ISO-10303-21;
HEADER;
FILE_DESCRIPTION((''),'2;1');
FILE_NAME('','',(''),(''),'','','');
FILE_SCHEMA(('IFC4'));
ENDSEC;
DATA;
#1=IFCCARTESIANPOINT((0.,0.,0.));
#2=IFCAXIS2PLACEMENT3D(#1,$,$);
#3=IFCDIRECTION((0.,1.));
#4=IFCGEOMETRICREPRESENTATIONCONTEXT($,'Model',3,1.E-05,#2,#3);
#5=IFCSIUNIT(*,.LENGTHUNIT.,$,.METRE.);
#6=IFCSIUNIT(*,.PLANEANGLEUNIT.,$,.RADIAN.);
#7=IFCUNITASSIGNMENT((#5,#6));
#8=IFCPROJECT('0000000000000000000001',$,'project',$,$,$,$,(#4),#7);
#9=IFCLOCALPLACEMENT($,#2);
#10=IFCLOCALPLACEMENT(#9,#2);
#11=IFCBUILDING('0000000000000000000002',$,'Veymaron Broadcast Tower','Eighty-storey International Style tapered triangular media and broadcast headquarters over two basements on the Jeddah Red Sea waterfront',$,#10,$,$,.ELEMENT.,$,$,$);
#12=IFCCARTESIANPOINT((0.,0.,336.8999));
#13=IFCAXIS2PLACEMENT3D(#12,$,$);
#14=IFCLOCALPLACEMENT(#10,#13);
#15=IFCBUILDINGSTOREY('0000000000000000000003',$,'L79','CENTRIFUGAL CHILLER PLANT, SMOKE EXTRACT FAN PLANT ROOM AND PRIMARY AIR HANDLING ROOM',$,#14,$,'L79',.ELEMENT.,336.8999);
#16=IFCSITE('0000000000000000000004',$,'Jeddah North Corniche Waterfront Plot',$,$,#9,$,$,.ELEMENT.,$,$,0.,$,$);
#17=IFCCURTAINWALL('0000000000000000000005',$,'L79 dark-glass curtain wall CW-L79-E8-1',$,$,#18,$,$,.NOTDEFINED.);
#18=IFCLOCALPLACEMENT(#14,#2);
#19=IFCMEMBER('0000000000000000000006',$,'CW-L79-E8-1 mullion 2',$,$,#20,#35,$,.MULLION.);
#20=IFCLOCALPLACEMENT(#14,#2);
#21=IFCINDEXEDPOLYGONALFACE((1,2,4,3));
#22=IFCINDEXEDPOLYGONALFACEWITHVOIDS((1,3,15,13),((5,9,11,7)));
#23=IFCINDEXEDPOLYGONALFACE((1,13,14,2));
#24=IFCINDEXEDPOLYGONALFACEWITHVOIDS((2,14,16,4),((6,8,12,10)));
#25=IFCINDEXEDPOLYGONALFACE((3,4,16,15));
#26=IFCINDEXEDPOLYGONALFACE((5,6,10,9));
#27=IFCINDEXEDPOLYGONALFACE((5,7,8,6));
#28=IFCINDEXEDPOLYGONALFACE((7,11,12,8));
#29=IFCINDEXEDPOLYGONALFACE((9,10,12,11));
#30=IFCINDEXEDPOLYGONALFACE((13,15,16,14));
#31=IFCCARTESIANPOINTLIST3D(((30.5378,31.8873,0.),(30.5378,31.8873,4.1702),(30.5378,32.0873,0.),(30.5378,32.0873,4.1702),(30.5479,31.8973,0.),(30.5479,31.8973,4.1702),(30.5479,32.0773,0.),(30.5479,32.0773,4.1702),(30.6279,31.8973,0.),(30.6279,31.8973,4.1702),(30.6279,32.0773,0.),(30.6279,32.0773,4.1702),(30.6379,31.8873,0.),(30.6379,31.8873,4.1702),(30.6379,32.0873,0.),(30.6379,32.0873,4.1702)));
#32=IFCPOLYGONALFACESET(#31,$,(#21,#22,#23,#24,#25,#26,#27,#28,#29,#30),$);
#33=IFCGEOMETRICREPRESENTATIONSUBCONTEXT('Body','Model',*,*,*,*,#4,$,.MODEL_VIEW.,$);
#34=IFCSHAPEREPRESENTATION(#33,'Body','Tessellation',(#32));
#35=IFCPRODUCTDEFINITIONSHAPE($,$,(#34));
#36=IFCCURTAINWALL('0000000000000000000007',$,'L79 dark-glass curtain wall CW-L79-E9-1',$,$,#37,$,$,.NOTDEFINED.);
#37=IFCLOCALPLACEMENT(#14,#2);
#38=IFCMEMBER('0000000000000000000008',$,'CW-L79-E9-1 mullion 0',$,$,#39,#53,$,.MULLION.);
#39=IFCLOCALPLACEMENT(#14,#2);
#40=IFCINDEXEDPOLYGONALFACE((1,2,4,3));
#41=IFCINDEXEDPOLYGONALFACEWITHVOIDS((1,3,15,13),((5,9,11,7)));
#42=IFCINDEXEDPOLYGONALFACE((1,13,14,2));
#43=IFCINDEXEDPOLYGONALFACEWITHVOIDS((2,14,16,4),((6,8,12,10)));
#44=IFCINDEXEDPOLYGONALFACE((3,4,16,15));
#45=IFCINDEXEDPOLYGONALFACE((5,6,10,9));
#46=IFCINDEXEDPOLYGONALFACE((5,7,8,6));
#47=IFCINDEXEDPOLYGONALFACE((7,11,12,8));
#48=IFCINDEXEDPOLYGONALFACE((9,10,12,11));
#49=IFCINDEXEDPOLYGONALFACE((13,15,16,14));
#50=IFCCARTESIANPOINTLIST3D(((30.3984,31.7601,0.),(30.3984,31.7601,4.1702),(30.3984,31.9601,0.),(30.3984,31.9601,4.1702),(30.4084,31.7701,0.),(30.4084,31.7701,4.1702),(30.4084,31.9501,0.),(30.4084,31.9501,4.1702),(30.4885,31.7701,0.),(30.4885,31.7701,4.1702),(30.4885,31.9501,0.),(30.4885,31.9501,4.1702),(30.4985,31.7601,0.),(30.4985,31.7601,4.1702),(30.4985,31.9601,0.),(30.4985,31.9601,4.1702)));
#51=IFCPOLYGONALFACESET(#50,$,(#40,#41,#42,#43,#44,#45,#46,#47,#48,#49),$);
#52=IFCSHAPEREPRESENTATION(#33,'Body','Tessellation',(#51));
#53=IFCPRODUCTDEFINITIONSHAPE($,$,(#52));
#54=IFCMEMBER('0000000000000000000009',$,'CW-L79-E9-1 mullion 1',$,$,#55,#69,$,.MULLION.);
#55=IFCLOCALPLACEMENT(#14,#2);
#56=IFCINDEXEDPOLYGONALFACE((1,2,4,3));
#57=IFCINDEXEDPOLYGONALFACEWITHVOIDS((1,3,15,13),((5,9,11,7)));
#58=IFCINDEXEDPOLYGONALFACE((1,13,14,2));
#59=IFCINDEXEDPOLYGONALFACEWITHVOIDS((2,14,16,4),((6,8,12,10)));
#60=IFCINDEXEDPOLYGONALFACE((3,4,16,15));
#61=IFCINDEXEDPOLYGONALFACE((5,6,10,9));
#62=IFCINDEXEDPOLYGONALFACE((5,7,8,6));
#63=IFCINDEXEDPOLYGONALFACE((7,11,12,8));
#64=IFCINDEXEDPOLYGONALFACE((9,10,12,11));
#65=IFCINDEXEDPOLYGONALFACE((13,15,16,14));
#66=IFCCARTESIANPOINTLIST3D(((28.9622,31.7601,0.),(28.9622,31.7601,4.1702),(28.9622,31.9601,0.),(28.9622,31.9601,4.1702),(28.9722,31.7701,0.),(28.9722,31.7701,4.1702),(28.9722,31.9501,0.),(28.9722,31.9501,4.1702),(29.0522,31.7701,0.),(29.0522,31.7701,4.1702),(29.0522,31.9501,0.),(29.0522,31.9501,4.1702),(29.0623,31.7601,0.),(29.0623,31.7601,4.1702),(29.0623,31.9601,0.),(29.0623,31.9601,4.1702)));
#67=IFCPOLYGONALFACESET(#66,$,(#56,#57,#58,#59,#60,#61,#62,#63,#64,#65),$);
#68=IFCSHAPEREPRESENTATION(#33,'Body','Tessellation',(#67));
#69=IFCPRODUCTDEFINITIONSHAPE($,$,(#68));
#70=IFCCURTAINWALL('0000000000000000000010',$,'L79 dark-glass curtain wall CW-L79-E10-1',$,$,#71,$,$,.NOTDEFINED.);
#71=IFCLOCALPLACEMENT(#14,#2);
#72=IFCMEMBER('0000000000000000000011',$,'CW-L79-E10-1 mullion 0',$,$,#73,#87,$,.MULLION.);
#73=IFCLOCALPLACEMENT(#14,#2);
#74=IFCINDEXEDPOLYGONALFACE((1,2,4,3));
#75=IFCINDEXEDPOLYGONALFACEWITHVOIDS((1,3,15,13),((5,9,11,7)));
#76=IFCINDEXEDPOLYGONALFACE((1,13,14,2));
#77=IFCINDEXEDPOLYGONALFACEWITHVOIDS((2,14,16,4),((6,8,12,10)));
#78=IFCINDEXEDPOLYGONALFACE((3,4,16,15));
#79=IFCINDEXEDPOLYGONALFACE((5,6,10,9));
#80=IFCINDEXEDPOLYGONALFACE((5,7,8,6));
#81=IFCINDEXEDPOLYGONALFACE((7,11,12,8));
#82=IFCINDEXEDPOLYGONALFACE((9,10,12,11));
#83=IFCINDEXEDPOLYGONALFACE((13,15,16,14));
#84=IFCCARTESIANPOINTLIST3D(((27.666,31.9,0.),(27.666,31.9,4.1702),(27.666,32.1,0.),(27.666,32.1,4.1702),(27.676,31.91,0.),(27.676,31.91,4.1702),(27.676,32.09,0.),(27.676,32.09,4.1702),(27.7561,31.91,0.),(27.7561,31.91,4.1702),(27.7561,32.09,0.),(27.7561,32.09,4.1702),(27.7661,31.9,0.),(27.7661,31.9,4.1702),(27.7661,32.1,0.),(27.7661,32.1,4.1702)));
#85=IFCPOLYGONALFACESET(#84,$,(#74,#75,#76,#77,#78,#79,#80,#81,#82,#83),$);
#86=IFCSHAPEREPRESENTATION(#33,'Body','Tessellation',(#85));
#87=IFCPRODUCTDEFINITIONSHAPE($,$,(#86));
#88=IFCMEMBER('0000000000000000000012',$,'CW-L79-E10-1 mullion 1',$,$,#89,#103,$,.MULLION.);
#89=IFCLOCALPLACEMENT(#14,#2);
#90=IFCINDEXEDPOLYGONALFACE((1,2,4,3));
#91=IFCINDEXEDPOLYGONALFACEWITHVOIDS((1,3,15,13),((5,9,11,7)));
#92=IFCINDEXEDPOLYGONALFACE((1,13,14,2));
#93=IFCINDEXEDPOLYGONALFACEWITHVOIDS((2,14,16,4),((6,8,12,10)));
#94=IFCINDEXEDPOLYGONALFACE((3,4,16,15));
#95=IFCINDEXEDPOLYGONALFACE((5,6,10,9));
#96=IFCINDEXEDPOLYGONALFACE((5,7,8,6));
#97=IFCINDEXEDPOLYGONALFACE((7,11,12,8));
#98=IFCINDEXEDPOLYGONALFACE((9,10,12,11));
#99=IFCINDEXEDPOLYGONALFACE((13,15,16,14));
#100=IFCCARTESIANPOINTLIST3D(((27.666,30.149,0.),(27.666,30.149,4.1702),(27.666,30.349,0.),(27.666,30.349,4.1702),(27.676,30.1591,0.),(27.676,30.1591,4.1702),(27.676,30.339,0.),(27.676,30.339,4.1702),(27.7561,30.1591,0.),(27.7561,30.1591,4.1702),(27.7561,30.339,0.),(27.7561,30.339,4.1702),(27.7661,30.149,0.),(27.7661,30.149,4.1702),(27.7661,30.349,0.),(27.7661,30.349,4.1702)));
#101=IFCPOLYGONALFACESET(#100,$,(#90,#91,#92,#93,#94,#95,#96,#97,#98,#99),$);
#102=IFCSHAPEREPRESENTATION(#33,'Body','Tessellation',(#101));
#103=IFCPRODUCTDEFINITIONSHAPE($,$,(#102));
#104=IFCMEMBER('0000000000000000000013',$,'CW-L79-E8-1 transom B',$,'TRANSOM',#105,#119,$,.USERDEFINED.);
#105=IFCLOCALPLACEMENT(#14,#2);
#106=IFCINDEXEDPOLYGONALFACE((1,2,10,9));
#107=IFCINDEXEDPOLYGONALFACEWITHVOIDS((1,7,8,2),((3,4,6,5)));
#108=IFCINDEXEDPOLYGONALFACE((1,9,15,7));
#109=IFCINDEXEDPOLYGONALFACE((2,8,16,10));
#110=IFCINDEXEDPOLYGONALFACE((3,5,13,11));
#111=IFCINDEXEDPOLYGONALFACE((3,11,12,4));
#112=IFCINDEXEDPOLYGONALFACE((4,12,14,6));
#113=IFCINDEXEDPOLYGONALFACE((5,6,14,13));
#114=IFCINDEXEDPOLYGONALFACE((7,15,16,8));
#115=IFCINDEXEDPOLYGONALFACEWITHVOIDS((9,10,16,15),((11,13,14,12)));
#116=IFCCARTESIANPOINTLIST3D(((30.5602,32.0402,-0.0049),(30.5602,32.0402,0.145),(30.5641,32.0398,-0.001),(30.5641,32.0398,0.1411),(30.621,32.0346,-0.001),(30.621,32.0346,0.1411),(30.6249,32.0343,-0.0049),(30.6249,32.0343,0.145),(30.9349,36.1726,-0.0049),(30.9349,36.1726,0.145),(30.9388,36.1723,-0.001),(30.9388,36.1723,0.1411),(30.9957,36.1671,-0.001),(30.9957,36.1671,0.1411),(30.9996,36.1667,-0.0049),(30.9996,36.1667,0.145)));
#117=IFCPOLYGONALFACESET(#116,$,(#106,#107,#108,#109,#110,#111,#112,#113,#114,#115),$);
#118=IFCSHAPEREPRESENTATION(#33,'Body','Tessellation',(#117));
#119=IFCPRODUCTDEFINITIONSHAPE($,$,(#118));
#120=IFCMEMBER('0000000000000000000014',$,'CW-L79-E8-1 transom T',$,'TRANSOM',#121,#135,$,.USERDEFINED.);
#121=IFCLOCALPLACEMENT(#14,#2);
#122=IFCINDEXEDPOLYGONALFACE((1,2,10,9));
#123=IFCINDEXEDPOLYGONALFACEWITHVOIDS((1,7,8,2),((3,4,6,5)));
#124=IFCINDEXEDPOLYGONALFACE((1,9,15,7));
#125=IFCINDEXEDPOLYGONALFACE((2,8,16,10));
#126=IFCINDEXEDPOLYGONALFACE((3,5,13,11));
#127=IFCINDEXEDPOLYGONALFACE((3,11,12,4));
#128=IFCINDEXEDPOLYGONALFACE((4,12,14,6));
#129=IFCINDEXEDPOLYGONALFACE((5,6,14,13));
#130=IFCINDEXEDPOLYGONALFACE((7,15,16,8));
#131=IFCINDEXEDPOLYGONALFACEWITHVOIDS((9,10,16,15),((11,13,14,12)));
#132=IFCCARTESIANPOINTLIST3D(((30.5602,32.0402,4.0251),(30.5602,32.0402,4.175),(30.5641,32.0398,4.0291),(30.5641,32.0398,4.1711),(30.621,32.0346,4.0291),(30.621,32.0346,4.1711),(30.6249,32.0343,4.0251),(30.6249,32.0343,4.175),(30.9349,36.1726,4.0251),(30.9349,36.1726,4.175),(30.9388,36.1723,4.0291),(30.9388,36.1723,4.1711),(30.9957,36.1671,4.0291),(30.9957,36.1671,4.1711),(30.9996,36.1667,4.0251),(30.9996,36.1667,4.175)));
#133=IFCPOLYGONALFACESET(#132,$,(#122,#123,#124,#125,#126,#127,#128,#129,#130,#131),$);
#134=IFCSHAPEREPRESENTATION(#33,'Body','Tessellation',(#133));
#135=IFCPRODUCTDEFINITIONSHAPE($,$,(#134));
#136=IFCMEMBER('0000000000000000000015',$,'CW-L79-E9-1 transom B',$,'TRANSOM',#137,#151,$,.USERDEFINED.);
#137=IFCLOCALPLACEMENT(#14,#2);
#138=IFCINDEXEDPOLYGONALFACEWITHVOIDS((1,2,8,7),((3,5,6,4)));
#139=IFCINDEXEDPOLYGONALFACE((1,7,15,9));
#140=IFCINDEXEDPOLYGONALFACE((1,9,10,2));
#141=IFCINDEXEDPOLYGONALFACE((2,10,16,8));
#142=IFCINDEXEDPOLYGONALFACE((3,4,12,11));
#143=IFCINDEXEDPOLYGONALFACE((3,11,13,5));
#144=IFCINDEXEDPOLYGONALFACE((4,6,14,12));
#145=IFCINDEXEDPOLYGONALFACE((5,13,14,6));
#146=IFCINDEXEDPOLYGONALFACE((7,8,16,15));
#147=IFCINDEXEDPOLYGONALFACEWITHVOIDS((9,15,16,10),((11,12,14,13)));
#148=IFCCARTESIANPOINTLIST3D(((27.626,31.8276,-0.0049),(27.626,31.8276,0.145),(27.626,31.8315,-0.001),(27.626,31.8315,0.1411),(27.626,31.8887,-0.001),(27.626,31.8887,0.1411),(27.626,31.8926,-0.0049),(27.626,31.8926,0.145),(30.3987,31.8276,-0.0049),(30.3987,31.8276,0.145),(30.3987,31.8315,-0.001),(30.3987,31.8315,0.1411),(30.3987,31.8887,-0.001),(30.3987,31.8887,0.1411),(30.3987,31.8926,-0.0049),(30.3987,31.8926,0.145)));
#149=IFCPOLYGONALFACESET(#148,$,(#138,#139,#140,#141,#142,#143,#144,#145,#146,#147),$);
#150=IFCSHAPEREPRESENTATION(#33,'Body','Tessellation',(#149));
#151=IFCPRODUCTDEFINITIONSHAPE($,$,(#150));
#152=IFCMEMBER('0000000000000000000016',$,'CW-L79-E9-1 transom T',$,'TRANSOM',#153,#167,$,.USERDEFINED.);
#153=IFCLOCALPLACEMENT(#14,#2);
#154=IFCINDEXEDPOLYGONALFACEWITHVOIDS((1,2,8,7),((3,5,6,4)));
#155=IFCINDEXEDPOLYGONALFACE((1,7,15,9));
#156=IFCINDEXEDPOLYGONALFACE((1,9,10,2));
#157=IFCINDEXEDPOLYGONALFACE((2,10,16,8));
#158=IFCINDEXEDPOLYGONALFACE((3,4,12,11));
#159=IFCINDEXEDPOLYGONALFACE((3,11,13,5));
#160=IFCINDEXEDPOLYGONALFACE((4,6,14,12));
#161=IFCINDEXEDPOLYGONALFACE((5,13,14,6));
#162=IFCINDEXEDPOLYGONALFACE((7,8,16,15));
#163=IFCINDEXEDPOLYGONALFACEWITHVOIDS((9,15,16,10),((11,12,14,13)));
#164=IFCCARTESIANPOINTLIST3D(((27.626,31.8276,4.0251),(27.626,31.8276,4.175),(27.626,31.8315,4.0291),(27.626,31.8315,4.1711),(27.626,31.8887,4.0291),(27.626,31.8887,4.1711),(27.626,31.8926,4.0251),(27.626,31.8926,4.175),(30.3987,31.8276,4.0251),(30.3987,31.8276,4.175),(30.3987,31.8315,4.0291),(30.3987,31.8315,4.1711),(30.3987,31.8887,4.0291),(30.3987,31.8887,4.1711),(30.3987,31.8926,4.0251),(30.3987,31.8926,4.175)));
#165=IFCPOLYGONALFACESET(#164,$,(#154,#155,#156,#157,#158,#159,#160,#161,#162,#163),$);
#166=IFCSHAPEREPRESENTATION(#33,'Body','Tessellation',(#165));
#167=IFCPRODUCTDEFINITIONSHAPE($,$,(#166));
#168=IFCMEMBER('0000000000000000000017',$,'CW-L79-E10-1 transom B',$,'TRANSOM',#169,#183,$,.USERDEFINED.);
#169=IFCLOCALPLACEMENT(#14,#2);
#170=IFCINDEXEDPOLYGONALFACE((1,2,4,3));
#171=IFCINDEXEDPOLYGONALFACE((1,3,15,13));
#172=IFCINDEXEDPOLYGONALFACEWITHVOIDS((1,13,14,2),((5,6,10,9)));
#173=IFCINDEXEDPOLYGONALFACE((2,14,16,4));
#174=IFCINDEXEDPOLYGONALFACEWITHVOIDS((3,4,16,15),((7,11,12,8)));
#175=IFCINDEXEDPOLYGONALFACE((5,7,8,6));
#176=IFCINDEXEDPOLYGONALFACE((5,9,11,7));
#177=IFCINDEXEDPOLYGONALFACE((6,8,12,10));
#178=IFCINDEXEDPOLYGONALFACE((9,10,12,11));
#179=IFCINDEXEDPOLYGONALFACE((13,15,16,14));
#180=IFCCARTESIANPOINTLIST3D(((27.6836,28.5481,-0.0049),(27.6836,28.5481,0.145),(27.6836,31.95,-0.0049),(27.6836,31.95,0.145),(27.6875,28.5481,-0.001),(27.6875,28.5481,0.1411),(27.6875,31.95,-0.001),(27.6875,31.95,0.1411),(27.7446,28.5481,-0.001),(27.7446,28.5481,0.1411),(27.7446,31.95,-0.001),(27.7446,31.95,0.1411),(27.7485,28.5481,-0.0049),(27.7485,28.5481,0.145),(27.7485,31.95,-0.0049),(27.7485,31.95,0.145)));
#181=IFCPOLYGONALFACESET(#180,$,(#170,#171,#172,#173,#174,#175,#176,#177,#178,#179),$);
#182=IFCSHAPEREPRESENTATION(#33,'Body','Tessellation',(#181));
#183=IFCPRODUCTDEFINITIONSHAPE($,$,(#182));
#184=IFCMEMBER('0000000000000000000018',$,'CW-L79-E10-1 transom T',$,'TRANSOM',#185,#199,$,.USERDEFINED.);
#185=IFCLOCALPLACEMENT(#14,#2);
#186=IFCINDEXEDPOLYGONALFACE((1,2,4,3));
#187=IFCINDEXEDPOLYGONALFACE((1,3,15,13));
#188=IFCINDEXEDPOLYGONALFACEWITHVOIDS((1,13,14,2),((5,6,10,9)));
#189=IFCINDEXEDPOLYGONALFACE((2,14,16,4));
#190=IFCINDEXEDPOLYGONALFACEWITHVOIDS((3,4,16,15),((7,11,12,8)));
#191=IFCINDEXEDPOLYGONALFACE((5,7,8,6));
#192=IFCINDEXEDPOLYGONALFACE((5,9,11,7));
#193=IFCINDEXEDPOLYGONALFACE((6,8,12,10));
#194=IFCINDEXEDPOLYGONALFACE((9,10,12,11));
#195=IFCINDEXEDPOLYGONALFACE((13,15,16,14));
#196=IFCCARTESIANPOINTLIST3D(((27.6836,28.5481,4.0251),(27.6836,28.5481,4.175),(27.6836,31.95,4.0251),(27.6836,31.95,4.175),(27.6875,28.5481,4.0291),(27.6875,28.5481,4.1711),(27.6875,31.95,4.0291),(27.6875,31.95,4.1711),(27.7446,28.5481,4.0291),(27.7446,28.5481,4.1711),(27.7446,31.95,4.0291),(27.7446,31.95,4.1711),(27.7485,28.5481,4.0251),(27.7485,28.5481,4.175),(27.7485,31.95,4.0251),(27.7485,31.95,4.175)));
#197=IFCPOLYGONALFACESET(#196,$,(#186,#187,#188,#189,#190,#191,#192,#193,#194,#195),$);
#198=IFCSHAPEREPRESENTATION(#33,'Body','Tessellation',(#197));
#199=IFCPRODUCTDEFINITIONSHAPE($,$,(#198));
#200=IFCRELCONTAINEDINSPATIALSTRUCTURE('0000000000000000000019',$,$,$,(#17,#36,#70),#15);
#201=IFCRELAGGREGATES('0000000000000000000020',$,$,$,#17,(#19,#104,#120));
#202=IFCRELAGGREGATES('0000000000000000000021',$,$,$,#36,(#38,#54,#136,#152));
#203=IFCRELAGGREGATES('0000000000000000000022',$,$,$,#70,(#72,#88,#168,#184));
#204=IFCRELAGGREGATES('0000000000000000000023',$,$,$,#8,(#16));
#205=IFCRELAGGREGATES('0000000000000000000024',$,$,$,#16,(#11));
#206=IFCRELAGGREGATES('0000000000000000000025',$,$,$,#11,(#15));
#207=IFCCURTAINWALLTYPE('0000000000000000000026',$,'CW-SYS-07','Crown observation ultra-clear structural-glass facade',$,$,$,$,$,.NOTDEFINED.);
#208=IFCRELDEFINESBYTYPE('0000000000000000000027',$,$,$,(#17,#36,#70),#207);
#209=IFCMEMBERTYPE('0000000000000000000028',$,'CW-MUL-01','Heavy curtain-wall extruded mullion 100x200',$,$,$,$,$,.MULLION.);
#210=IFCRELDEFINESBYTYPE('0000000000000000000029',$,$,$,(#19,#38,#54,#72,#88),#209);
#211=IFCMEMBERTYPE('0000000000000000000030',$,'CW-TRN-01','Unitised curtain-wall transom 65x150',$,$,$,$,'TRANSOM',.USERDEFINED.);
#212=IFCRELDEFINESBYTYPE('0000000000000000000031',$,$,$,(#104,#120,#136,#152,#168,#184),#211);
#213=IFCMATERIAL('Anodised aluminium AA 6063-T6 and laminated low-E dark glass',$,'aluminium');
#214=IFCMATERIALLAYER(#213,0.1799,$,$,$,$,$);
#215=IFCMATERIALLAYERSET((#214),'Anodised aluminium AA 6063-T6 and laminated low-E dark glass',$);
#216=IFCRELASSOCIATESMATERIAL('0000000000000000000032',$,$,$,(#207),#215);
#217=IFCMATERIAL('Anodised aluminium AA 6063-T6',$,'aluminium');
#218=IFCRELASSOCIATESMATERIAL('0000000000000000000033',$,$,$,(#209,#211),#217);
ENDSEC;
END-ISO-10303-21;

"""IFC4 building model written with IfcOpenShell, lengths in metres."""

from ifc_helpers import new_model, si_unit, direction, frame, origin, origin_2d, place, context, subcontext, project, spatial, hollow_rectangle, extrude, material, layer, layer_set, material_profile, profile_set, type_object, element, aggregate, save


model = new_model("IFC4")

# Units and contexts
model_context = context("Model", 3, precision=1e-05, world=origin(), true_north=direction((0.0, 1.0)))
body_context = subcontext(model_context, "Body", "Model", "MODEL_VIEW")
ifc_project = project(units=[si_unit("LENGTHUNIT", "METRE"), si_unit("PLANEANGLEUNIT", "RADIAN")], contexts=[model_context])

# Site, building, storey
site_placement = place(None, origin())
site = spatial("IfcSite", under=ifc_project, at=site_placement, Name="Jeddah North Corniche Waterfront Plot", CompositionType="ELEMENT", RefElevation=0.0)
building_placement = place(site_placement, origin())
building = spatial("IfcBuilding", under=site, at=building_placement, Name="Veymaron Broadcast Tower", Description="Eighty-storey International Style tapered triangular media and broadcast headquarters over two basements on the Jeddah Red Sea waterfront", CompositionType="ELEMENT")
storey_placement = place(building_placement, frame((0.0, 0.0, 336.8999)))
storey = spatial("IfcBuildingStorey", under=building, at=storey_placement, Name="L79", Description="CENTRIFUGAL CHILLER PLANT, SMOKE EXTRACT FAN PLANT ROOM AND PRIMARY AIR HANDLING ROOM", LongName="L79", CompositionType="ELEMENT", Elevation=336.8999)

# Shared definitions
ifc_material_1 = material(Name="Anodised aluminium AA 6063-T6 and laminated low-E dark glass", Category="aluminium")
ifc_layer_1 = layer(ifc_material_1, 0.1799)
ifc_layer_set_1 = layer_set([ifc_layer_1], Name="Anodised aluminium AA 6063-T6 and laminated low-E dark glass")
curtain_wall_type = type_object("IfcCurtainWallType", Name="CW-SYS-07", Description="Crown observation ultra-clear structural-glass facade", PredefinedType="NOTDEFINED", material=ifc_layer_set_1)
ifc_material_2 = material(Name="Anodised aluminium AA 6063-T6", Category="aluminium")
ifc_material_profile_1 = material_profile(ifc_material_2, hollow_rectangle(XDim=0.1001, YDim=0.2, WallThickness=0.01, at=origin_2d()), Name="RHS200X100X10")
ifc_profile_set_1 = profile_set([ifc_material_profile_1], Name="Anodised aluminium AA 6063-T6")
member_type_1 = type_object("IfcMemberType", Name="CW-MUL-01", Description="Heavy curtain-wall extruded mullion 100x200", PredefinedType="MULLION", material=ifc_profile_set_1)

# Curtain walls, members
curtain_wall_1_placement = place(storey_placement, origin())
curtain_wall_1 = element("IfcCurtainWall", 1, at=curtain_wall_1_placement, inside=storey, type_object=curtain_wall_type, Name="L79 dark-glass curtain wall CW-L79-E8-1", PredefinedType="NOTDEFINED")
member_1_placement = place(storey_placement, frame((30.5879, 31.9873, 0.0), z_axis=(0.0, 0.0, 1.0), x_axis=(1.0, 0.0, 0.0)))
member_1 = element("IfcMember", 2, at=member_1_placement, type_object=member_type_1, Name="CW-L79-E8-1 mullion 2", PredefinedType="MULLION", context=body_context, shape_type="SweptSolid", body=[
    extrude(hollow_rectangle(XDim=0.1001, YDim=0.2, WallThickness=0.01, at=origin_2d()), origin(), (0.0, 0.0, 1.0), 4.1702),
])
curtain_wall_2_placement = place(storey_placement, origin())
curtain_wall_2 = element("IfcCurtainWall", 3, at=curtain_wall_2_placement, inside=storey, type_object=curtain_wall_type, Name="L79 dark-glass curtain wall CW-L79-E9-1", PredefinedType="NOTDEFINED")
member_2_placement = place(storey_placement, frame((30.4485, 31.8601, 0.0), z_axis=(0.0, 0.0, 1.0), x_axis=(1.0, 0.0, 0.0)))
member_2 = element("IfcMember", 4, at=member_2_placement, type_object=member_type_1, Name="CW-L79-E9-1 mullion 0", PredefinedType="MULLION", context=body_context, shape_type="SweptSolid", body=[
    extrude(hollow_rectangle(XDim=0.1001, YDim=0.2, WallThickness=0.01, at=origin_2d()), origin(), (0.0, 0.0, 1.0), 4.1702),
])
member_3_placement = place(storey_placement, frame((29.0122, 31.8601, 0.0), z_axis=(0.0, 0.0, 1.0), x_axis=(1.0, 0.0, 0.0)))
member_3 = element("IfcMember", 5, at=member_3_placement, type_object=member_type_1, Name="CW-L79-E9-1 mullion 1", PredefinedType="MULLION", context=body_context, shape_type="SweptSolid", body=[
    extrude(hollow_rectangle(XDim=0.1001, YDim=0.2, WallThickness=0.01, at=origin_2d()), origin(), (0.0, 0.0, 1.0), 4.1702),
])
curtain_wall_3_placement = place(storey_placement, origin())
curtain_wall_3 = element("IfcCurtainWall", 6, at=curtain_wall_3_placement, inside=storey, type_object=curtain_wall_type, Name="L79 dark-glass curtain wall CW-L79-E10-1", PredefinedType="NOTDEFINED")
member_4_placement = place(storey_placement, frame((27.7161, 32.0, 0.0), z_axis=(0.0, 0.0, 1.0), x_axis=(1.0, 0.0, 0.0)))
member_4 = element("IfcMember", 7, at=member_4_placement, type_object=member_type_1, Name="CW-L79-E10-1 mullion 0", PredefinedType="MULLION", context=body_context, shape_type="SweptSolid", body=[
    extrude(hollow_rectangle(XDim=0.1001, YDim=0.2, WallThickness=0.01, at=origin_2d()), origin(), (0.0, 0.0, 1.0), 4.1702),
])
member_5_placement = place(storey_placement, frame((27.7161, 30.249, 0.0), z_axis=(0.0, 0.0, 1.0), x_axis=(1.0, 0.0, 0.0)))
member_5 = element("IfcMember", 8, at=member_5_placement, type_object=member_type_1, Name="CW-L79-E10-1 mullion 1", PredefinedType="MULLION", context=body_context, shape_type="SweptSolid", body=[
    extrude(hollow_rectangle(XDim=0.1001, YDim=0.2, WallThickness=0.01, at=origin_2d()), origin(), (0.0, 0.0, 1.0), 4.1702),
])

# Members
ifc_material_profile_2 = material_profile(ifc_material_2, hollow_rectangle(XDim=0.0649, YDim=0.1499, WallThickness=0.0039, at=origin_2d()), Name="AL150X65X4")
ifc_profile_set_2 = profile_set([ifc_material_profile_2], Name="Anodised aluminium AA 6063-T6")
member_type_2 = type_object("IfcMemberType", Name="CW-TRN-01", Description="Unitised curtain-wall transom 65x150", ElementType="TRANSOM", PredefinedType="USERDEFINED", material=ifc_profile_set_2)
member_6_placement = place(storey_placement, frame((30.9673, 36.1697, 0.0701), z_axis=(-0.090313, -0.995913, 0.0), x_axis=(0.995913, -0.090313, 0.0)))
member_6 = element("IfcMember", 9, at=member_6_placement, type_object=member_type_2, Name="CW-L79-E8-1 transom B", ObjectType="TRANSOM", PredefinedType="USERDEFINED", context=body_context, shape_type="SweptSolid", body=[
    extrude(hollow_rectangle(XDim=0.0649, YDim=0.1499, WallThickness=0.0039, at=origin_2d()), origin(), (0.0, 0.0, 1.0), 4.1494),
])
member_7_placement = place(storey_placement, frame((30.9673, 36.1697, 4.1001), z_axis=(-0.090313, -0.995913, 0.0), x_axis=(0.995913, -0.090313, 0.0)))
member_7 = element("IfcMember", 10, at=member_7_placement, type_object=member_type_2, Name="CW-L79-E8-1 transom T", ObjectType="TRANSOM", PredefinedType="USERDEFINED", context=body_context, shape_type="SweptSolid", body=[
    extrude(hollow_rectangle(XDim=0.0649, YDim=0.1499, WallThickness=0.0039, at=origin_2d()), origin(), (0.0, 0.0, 1.0), 4.1494),
])
member_8_placement = place(storey_placement, frame((30.3987, 31.8601, 0.0701), z_axis=(-1.0, 0.0, 0.0), x_axis=(0.0, -1.0, 0.0)))
member_8 = element("IfcMember", 11, at=member_8_placement, type_object=member_type_2, Name="CW-L79-E9-1 transom B", ObjectType="TRANSOM", PredefinedType="USERDEFINED", context=body_context, shape_type="SweptSolid", body=[
    extrude(hollow_rectangle(XDim=0.0649, YDim=0.1499, WallThickness=0.0039, at=origin_2d()), origin(), (0.0, 0.0, 1.0), 2.7727),
])
member_9_placement = place(storey_placement, frame((30.3987, 31.8601, 4.1001), z_axis=(-1.0, 0.0, 0.0), x_axis=(0.0, -1.0, 0.0)))
member_9 = element("IfcMember", 12, at=member_9_placement, type_object=member_type_2, Name="CW-L79-E9-1 transom T", ObjectType="TRANSOM", PredefinedType="USERDEFINED", context=body_context, shape_type="SweptSolid", body=[
    extrude(hollow_rectangle(XDim=0.0649, YDim=0.1499, WallThickness=0.0039, at=origin_2d()), origin(), (0.0, 0.0, 1.0), 2.7727),
])
member_10_placement = place(storey_placement, frame((27.7161, 31.95, 0.0701), z_axis=(0.0, -1.0, 0.0), x_axis=(1.0, 0.0, 0.0)))
member_10 = element("IfcMember", 13, at=member_10_placement, type_object=member_type_2, Name="CW-L79-E10-1 transom B", ObjectType="TRANSOM", PredefinedType="USERDEFINED", context=body_context, shape_type="SweptSolid", body=[
    extrude(hollow_rectangle(XDim=0.0649, YDim=0.1499, WallThickness=0.0039, at=origin_2d()), origin(), (0.0, 0.0, 1.0), 3.4019),
])
member_11_placement = place(storey_placement, frame((27.7161, 31.95, 4.1001), z_axis=(0.0, -1.0, 0.0), x_axis=(1.0, 0.0, 0.0)))
member_11 = element("IfcMember", 14, at=member_11_placement, type_object=member_type_2, Name="CW-L79-E10-1 transom T", ObjectType="TRANSOM", PredefinedType="USERDEFINED", context=body_context, shape_type="SweptSolid", body=[
    extrude(hollow_rectangle(XDim=0.0649, YDim=0.1499, WallThickness=0.0039, at=origin_2d()), origin(), (0.0, 0.0, 1.0), 3.4019),
])

aggregate(curtain_wall_1, [member_1, member_6, member_7])
aggregate(curtain_wall_2, [member_2, member_3, member_8, member_9])
aggregate(curtain_wall_3, [member_4, member_5, member_10, member_11])

save(model, "model.ifc")
